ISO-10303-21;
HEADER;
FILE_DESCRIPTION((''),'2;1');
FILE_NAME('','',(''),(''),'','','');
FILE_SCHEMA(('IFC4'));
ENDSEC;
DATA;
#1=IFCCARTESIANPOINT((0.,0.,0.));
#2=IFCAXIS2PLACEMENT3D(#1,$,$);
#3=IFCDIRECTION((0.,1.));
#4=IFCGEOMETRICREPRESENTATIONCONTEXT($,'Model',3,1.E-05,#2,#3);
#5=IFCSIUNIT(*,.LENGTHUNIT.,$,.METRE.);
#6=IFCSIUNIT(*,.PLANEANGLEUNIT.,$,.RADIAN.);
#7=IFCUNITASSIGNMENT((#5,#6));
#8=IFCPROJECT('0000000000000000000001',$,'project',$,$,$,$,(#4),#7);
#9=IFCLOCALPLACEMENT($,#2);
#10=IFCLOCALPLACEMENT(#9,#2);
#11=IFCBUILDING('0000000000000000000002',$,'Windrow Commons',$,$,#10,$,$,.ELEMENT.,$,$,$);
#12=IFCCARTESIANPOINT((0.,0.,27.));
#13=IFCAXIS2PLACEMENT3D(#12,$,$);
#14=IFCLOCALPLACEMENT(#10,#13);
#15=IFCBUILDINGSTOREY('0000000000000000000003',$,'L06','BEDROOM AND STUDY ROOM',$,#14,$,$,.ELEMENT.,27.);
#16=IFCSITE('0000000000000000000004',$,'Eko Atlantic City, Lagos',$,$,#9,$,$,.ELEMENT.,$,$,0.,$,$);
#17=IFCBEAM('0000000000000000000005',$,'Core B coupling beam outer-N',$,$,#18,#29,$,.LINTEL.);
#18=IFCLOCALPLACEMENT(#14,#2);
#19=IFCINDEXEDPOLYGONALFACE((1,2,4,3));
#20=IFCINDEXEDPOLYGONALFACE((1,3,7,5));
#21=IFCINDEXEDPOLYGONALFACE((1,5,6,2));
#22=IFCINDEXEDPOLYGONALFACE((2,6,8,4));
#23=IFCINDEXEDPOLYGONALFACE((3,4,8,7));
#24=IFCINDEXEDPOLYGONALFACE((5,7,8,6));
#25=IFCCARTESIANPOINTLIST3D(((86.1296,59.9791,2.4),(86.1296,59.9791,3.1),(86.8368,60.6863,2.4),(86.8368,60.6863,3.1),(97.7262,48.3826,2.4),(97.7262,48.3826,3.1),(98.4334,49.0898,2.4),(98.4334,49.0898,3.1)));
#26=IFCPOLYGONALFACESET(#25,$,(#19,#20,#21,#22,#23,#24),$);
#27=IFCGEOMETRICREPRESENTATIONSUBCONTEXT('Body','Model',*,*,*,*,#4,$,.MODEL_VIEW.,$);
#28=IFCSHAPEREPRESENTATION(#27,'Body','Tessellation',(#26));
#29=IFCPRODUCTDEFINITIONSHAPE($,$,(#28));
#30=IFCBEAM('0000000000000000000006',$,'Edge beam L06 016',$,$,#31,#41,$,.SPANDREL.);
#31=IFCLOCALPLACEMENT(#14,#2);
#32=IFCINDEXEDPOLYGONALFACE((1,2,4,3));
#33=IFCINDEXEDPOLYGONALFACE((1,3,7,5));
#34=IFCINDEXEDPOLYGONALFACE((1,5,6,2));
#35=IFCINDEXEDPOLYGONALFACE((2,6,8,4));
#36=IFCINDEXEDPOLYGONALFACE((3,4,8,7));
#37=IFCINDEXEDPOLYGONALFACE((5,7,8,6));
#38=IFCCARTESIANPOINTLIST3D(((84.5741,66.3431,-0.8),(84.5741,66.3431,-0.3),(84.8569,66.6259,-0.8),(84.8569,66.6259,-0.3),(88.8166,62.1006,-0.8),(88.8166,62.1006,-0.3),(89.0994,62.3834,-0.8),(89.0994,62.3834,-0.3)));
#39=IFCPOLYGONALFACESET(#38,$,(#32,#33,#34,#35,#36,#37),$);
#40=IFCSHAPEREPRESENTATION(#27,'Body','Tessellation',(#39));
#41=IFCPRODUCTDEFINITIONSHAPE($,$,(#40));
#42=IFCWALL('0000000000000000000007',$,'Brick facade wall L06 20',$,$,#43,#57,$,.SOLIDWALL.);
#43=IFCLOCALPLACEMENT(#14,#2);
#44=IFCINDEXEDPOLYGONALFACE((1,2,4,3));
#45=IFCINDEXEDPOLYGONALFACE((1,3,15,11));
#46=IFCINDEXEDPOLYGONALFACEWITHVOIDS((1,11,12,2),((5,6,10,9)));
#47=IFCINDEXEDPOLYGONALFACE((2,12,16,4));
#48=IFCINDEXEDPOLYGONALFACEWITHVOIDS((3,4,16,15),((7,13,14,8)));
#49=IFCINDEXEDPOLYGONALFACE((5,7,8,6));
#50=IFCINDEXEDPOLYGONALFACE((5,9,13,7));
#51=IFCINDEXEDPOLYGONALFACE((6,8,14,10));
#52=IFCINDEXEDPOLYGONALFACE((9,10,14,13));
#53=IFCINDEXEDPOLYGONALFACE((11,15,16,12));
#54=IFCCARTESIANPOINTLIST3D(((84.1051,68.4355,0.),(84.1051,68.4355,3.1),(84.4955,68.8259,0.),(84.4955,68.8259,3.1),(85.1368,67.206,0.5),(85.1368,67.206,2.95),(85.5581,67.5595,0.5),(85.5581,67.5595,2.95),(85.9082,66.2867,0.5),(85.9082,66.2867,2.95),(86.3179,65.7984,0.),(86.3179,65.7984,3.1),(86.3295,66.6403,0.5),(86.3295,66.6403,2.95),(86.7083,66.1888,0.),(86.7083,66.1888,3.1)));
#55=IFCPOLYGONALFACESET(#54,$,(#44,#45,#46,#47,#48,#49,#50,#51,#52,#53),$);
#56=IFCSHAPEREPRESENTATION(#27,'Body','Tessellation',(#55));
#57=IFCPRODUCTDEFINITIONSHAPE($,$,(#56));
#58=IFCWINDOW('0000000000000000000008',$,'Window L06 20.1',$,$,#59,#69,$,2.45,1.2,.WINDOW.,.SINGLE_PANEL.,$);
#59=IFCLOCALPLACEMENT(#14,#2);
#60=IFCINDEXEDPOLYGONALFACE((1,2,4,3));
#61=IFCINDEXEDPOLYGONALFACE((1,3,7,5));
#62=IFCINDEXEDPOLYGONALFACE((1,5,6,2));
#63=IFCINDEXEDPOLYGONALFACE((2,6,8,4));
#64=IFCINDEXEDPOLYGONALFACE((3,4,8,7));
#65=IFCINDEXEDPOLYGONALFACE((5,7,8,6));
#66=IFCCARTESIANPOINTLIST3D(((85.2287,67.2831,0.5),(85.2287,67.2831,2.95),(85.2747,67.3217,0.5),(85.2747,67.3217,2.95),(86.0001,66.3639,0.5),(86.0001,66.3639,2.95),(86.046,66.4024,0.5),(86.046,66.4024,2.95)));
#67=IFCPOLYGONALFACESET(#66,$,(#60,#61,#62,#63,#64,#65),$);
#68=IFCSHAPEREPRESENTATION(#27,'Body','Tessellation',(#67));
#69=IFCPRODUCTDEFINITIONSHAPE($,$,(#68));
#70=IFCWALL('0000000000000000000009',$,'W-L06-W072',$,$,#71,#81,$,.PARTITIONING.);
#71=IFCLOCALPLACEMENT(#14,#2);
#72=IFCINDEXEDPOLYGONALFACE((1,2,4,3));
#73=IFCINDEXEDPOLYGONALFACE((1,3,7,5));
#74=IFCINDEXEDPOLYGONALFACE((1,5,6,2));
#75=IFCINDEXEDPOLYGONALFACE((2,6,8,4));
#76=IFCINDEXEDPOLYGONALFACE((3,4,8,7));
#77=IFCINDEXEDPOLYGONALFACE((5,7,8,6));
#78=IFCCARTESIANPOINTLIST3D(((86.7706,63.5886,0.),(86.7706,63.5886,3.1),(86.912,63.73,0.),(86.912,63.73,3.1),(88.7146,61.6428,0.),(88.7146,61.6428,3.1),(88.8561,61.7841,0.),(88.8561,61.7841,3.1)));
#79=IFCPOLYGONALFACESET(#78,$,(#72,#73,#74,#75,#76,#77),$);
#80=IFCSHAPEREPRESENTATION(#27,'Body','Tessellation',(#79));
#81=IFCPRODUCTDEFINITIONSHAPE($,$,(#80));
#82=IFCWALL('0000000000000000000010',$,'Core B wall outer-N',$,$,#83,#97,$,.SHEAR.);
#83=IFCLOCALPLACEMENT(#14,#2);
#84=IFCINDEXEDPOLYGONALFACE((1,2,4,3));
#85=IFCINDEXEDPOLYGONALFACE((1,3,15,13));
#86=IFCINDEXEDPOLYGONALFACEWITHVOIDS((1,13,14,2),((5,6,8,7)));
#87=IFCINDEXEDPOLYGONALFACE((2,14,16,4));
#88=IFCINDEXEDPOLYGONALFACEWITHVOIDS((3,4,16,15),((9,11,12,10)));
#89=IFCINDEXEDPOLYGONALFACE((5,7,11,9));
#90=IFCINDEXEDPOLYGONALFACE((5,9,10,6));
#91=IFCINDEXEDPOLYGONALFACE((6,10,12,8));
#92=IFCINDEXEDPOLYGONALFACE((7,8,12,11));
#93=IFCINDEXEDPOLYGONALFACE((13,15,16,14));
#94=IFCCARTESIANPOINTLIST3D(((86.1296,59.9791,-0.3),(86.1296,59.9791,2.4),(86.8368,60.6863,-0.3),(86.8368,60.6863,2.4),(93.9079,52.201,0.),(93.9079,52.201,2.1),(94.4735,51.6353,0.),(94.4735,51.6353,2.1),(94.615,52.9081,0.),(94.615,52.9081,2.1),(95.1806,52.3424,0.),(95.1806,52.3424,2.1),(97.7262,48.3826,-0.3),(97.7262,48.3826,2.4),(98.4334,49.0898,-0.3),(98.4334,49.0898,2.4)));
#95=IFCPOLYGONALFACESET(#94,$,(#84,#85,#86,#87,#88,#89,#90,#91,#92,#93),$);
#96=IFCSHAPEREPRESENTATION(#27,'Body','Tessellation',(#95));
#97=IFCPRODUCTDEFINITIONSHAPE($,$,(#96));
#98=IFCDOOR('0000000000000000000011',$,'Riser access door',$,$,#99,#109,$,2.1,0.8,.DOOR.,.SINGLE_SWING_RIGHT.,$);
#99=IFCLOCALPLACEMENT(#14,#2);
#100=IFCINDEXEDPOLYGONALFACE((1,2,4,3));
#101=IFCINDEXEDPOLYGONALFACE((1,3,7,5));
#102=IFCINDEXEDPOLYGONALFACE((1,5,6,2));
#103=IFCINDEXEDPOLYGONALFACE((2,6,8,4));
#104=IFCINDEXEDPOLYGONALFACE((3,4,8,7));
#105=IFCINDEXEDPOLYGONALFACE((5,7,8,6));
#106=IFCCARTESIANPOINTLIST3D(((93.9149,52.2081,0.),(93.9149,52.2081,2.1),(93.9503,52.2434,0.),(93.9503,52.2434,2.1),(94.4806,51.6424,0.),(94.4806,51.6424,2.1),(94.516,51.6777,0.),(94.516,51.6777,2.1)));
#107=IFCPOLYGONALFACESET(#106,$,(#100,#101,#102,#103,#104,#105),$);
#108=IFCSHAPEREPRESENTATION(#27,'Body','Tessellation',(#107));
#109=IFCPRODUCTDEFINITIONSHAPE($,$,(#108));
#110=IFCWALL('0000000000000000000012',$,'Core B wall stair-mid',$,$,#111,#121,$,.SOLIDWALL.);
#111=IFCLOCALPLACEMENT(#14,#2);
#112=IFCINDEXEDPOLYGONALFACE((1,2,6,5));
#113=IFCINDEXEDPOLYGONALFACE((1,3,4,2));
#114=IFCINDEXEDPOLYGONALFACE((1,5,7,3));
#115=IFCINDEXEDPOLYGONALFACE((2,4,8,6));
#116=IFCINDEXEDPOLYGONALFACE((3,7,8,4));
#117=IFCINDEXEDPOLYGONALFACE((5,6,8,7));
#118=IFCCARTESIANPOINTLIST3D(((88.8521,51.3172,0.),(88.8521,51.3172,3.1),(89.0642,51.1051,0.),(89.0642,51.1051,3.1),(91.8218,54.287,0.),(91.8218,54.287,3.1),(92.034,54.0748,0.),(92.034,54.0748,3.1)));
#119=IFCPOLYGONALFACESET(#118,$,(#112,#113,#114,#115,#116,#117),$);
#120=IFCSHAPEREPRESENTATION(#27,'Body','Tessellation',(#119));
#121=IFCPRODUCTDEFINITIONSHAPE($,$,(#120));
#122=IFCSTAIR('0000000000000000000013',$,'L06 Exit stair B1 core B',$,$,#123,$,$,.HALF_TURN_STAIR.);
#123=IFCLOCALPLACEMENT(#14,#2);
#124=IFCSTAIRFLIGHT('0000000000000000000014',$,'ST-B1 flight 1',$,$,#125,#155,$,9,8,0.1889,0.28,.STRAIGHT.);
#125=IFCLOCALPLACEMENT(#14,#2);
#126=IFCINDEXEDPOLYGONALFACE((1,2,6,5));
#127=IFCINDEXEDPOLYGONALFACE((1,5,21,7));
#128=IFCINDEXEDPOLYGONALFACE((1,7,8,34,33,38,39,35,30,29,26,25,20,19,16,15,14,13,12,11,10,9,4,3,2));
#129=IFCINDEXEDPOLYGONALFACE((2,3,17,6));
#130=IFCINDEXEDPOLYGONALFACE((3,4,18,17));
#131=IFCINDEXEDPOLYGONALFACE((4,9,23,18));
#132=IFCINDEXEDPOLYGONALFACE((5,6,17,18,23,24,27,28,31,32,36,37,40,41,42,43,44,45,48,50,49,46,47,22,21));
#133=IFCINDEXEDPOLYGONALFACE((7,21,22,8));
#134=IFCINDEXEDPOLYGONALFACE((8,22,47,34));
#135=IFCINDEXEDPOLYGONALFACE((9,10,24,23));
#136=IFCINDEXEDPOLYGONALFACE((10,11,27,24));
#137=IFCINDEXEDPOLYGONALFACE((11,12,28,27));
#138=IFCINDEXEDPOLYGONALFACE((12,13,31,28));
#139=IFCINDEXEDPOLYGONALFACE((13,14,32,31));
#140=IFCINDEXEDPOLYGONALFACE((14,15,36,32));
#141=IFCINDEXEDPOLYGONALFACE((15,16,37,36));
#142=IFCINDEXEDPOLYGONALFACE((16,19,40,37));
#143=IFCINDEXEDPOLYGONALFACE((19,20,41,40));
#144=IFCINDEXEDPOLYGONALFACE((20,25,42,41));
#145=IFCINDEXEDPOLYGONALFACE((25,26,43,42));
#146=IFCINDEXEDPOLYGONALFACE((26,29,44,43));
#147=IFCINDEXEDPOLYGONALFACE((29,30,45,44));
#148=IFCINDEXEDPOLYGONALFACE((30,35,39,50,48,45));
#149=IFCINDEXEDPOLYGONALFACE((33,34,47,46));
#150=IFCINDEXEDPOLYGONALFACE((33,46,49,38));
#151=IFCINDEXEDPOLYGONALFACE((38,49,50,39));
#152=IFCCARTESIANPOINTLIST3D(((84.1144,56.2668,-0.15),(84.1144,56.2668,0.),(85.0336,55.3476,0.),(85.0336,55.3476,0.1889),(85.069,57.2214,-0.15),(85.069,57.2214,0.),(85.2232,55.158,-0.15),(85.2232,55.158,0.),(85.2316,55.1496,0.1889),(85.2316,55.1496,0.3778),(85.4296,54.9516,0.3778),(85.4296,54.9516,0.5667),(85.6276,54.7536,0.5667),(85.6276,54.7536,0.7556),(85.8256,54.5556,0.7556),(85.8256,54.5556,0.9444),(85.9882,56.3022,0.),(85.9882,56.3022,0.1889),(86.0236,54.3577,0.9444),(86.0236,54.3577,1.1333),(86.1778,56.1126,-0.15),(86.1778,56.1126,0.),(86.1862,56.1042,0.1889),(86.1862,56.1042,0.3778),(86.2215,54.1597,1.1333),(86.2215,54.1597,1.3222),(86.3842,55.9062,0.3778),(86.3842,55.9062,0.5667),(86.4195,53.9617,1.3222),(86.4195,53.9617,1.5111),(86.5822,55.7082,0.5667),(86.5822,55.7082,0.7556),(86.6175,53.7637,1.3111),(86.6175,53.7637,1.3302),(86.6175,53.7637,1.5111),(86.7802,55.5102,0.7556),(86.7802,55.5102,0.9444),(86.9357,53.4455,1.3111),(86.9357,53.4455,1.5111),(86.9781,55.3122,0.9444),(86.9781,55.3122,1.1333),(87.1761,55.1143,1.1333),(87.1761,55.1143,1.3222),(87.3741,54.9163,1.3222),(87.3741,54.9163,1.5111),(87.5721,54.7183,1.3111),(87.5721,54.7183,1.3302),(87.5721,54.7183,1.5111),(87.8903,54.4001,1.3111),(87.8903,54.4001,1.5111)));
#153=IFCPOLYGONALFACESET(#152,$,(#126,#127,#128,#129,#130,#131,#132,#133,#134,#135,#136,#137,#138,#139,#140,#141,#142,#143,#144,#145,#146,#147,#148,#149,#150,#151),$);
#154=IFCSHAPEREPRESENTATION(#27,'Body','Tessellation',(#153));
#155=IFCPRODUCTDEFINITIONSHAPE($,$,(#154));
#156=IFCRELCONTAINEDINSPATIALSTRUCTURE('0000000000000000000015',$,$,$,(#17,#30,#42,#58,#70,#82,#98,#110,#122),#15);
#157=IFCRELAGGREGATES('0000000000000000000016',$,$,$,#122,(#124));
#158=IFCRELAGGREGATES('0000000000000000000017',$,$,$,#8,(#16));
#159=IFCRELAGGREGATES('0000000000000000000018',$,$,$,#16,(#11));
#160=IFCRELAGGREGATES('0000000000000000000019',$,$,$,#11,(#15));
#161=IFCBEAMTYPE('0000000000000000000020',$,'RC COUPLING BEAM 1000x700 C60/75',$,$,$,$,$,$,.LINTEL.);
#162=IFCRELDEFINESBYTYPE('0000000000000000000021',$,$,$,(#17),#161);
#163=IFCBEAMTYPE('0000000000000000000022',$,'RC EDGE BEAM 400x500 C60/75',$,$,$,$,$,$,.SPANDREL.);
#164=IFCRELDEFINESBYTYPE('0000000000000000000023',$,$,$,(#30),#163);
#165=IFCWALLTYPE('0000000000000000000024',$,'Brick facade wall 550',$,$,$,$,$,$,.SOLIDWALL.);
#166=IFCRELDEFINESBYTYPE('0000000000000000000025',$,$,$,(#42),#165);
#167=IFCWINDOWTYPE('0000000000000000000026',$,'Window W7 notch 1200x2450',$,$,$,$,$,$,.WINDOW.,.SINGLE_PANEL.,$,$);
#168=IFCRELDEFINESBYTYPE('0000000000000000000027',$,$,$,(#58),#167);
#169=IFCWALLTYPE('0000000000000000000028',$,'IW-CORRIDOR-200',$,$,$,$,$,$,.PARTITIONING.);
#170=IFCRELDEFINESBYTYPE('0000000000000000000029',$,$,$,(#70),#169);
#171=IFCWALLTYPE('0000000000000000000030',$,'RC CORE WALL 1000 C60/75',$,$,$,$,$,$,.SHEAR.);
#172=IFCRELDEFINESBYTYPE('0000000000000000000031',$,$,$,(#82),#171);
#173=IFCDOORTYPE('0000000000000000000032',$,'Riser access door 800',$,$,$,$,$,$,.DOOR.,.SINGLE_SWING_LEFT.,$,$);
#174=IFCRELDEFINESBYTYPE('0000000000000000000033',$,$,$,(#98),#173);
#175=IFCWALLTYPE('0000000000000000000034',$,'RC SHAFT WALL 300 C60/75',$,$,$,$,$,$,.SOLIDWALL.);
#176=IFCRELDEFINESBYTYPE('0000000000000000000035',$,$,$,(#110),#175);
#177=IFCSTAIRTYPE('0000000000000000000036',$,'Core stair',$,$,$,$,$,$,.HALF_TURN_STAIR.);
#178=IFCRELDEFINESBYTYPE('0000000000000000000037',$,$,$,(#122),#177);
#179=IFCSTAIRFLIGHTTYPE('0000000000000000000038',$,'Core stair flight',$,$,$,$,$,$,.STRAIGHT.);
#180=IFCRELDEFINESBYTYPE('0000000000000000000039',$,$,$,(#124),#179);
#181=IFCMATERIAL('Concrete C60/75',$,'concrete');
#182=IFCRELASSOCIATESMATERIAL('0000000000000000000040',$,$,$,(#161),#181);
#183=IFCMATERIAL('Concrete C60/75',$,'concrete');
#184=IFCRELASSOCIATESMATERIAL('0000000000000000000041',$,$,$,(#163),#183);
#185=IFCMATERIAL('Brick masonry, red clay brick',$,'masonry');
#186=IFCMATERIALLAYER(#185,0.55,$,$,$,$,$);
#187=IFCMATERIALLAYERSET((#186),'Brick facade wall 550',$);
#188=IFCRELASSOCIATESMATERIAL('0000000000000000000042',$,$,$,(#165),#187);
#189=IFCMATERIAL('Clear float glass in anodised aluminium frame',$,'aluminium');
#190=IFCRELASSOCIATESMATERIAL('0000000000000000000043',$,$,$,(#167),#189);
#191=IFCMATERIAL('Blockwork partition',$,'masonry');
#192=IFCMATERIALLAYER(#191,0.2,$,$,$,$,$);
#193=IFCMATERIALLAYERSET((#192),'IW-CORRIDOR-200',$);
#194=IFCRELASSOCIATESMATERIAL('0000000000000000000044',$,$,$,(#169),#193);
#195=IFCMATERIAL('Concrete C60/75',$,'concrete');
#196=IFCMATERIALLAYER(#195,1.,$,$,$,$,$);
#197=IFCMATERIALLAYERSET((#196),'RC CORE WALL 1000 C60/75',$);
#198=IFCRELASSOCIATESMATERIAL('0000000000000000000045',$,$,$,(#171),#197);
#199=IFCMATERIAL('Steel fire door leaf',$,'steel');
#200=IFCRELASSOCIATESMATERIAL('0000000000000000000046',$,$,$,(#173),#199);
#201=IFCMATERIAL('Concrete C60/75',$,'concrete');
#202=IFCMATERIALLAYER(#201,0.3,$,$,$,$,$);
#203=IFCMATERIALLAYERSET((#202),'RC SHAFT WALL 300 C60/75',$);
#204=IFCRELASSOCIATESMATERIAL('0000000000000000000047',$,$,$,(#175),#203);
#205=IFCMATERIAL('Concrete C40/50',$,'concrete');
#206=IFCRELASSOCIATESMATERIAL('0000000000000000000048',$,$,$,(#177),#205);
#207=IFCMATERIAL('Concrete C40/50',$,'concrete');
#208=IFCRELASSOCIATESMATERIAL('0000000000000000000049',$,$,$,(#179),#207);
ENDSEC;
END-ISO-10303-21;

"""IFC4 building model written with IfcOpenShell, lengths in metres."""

from ifc_helpers import new_model, si_unit, direction, frame, frame_2d, origin, origin_2d, place, context, subcontext, project, spatial, polyline, rectangle, outline, extrude, material, layer, layer_set, material_profile, profile_set, type_object, element, fill, aggregate, save


model = new_model("IFC4")

# Units and contexts
model_context = context("Model", 3, precision=1e-05, world=origin(), true_north=direction((0.0, 1.0)))
body_context = subcontext(model_context, "Body", "Model", "MODEL_VIEW")
ifc_project = project(units=[si_unit("LENGTHUNIT", "METRE"), si_unit("PLANEANGLEUNIT", "RADIAN")], contexts=[model_context])

# Site, building, storey
site_placement = place(None, origin())
site = spatial("IfcSite", under=ifc_project, at=site_placement, Name="Eko Atlantic City, Lagos", CompositionType="ELEMENT", RefElevation=0.0)
building_placement = place(site_placement, origin())
building = spatial("IfcBuilding", under=site, at=building_placement, Name="Windrow Commons", CompositionType="ELEMENT")
storey_placement = place(building_placement, frame((0.0, 0.0, 27.0)))
storey = spatial("IfcBuildingStorey", under=building, at=storey_placement, Name="L06", Description="BEDROOM AND STUDY ROOM", CompositionType="ELEMENT", Elevation=27.0)

# Beams
ifc_material_1 = material(Name="Concrete C60/75", Category="concrete")
ifc_material_profile_1 = material_profile(ifc_material_1, rectangle(XDim=1.0, YDim=0.7, at=origin_2d()))
ifc_profile_set_1 = profile_set([ifc_material_profile_1], Name="Concrete C60/75")
beam_type_1 = type_object("IfcBeamType", Name="RC COUPLING BEAM 1000x700 C60/75", PredefinedType="LINTEL", material=ifc_profile_set_1)
beam_1_placement = place(storey_placement, frame((86.4832, 60.3327, 2.75), z_axis=(0.70711, -0.707104, 0.0), x_axis=(0.707104, 0.70711, 0.0)))
element("IfcBeam", 1, at=beam_1_placement, inside=storey, type_object=beam_type_1, Name="Core B coupling beam outer-N", PredefinedType="LINTEL", context=body_context, shape_type="SweptSolid", body=[
    extrude(rectangle(XDim=1.0, YDim=0.7, at=origin_2d()), origin(), (0.0, 0.0, 1.0), 16.4),
])
ifc_material_2 = material(Name="Concrete C60/75", Category="concrete")
ifc_material_profile_2 = material_profile(ifc_material_2, rectangle(XDim=0.4, YDim=0.5, at=origin_2d()))
ifc_profile_set_2 = profile_set([ifc_material_profile_2], Name="Concrete C60/75")
beam_type_2 = type_object("IfcBeamType", Name="RC EDGE BEAM 400x500 C60/75", PredefinedType="SPANDREL", material=ifc_profile_set_2)
beam_2_placement = place(storey_placement, frame((84.7155, 66.4845, -0.55), z_axis=(0.707107, -0.707107, 0.0), x_axis=(0.707107, 0.707107, 0.0)))
element("IfcBeam", 2, at=beam_2_placement, inside=storey, type_object=beam_type_2, Name="Edge beam L06 016", PredefinedType="SPANDREL", context=body_context, shape_type="SweptSolid", body=[
    extrude(rectangle(XDim=0.4, YDim=0.5, at=origin_2d()), origin(), (0.0, 0.0, 1.0), 5.9998),
])

# Wall, opening, window
ifc_material_3 = material(Name="Brick masonry, red clay brick", Category="masonry")
ifc_layer_1 = layer(ifc_material_3, 0.55)
ifc_layer_set_1 = layer_set([ifc_layer_1], Name="Brick facade wall 550")
wall_type_1 = type_object("IfcWallType", Name="Brick facade wall 550", PredefinedType="SOLIDWALL", material=ifc_layer_set_1)
wall_1_placement = place(storey_placement, frame((86.5131, 65.9936, 0.0), z_axis=(0.0, 0.0, 1.0), x_axis=(-0.642789, 0.766043, 0.0)))
wall_1 = element("IfcWall", 3, at=wall_1_placement, inside=storey, type_object=wall_type_1, Name="Brick facade wall L06 20", PredefinedType="SOLIDWALL", context=body_context, shape_type="SweptSolid", body=[
    extrude(outline(polyline([(0.0241, -0.275), (3.4665, -0.275), (3.4184, 0.275), (-0.0241, 0.275), (0.0241, -0.275)])), origin(), (0.0, 0.0, 1.0), 3.1),
])
opening_1_placement = place(wall_1_placement, frame((0.6134, 0.0, 0.5)))
opening_1 = element("IfcOpeningElement", 4, at=opening_1_placement, cuts=wall_1, PredefinedType="OPENING", context=body_context, shape_type="SweptSolid", body=[
    extrude(rectangle(XDim=1.2, YDim=2.45, at=frame_2d((0.6, 1.225))), frame((0.0, 0.285, 0.0), z_axis=(0.0, -1.0, 0.0), x_axis=(1.0, 0.0, 0.0)), (0.0, 0.0, 1.0), 0.57),
])
ifc_material_4 = material(Name="Clear float glass in anodised aluminium frame", Category="aluminium")
window_type = type_object("IfcWindowType", Name="Window W7 notch 1200x2450", PartitioningType="SINGLE_PANEL", PredefinedType="WINDOW", material=ifc_material_4)
window_placement = place(opening_1_placement, origin())
window = element("IfcWindow", 5, at=window_placement, inside=storey, type_object=window_type, Name="Window L06 20.1", OverallHeight=2.45, OverallWidth=1.2, PartitioningType="SINGLE_PANEL", PredefinedType="WINDOW", context=body_context, shape_type="SweptSolid", body=[
    extrude(rectangle(XDim=1.2, YDim=2.45, at=frame_2d((0.6, 1.225))), frame((0.0, 0.155, 0.0), z_axis=(0.0, -1.0, 0.0), x_axis=(1.0, 0.0, 0.0)), (0.0, 0.0, 1.0), 0.06),
])
fill(opening_1, window)

# Wall
ifc_material_5 = material(Name="Blockwork partition", Category="masonry")
ifc_layer_2 = layer(ifc_material_5, 0.2)
ifc_layer_set_2 = layer_set([ifc_layer_2], Name="IW-CORRIDOR-200")
wall_type_2 = type_object("IfcWallType", Name="IW-CORRIDOR-200", PredefinedType="PARTITIONING", material=ifc_layer_set_2)
wall_2_placement = place(storey_placement, frame((86.8413, 63.6593, 0.0), z_axis=(0.0, 0.0, 1.0), x_axis=(0.70678, -0.707434, 0.0)))
element("IfcWall", 6, at=wall_2_placement, inside=storey, type_object=wall_type_2, Name="W-L06-W072", PredefinedType="PARTITIONING", context=body_context, shape_type="SweptSolid", body=[
    extrude(rectangle(XDim=2.7506, YDim=0.2, at=frame_2d((1.3753, 0.0))), origin(), (0.0, 0.0, 1.0), 3.1),
])

# Wall, opening, door
ifc_material_6 = material(Name="Concrete C60/75", Category="concrete")
ifc_layer_3 = layer(ifc_material_6, 1.0)
ifc_layer_set_3 = layer_set([ifc_layer_3], Name="RC CORE WALL 1000 C60/75")
wall_type_3 = type_object("IfcWallType", Name="RC CORE WALL 1000 C60/75", PredefinedType="SHEAR", material=ifc_layer_set_3)
wall_3_placement = place(storey_placement, frame((86.4832, 60.3327, -0.3), z_axis=(0.0, 0.0, 1.0), x_axis=(0.70711, -0.707104, 0.0)))
wall_3 = element("IfcWall", 7, at=wall_3_placement, inside=storey, type_object=wall_type_3, Name="Core B wall outer-N", PredefinedType="SHEAR", context=body_context, shape_type="SweptSolid", body=[
    extrude(rectangle(XDim=16.4, YDim=1.0, at=frame_2d((8.2, 0.0))), origin(), (0.0, 0.0, 1.0), 2.7),
])
opening_2_placement = place(wall_3_placement, frame((11.0, 0.0, 0.3)))
opening_2 = element("IfcOpeningElement", 8, at=opening_2_placement, cuts=wall_3, PredefinedType="OPENING", context=body_context, shape_type="SweptSolid", body=[
    extrude(rectangle(XDim=0.8, YDim=2.1, at=frame_2d((0.4, 1.05))), frame((0.0, 0.51, 0.0), z_axis=(0.0, -1.0, 0.0), x_axis=(1.0, 0.0, 0.0)), (0.0, 0.0, 1.0), 1.02),
])
ifc_material_7 = material(Name="Steel fire door leaf", Category="steel")
door_type = type_object("IfcDoorType", Name="Riser access door 800", OperationType="SINGLE_SWING_LEFT", PredefinedType="DOOR", material=ifc_material_7)
door_placement = place(opening_2_placement, origin())
door = element("IfcDoor", 9, at=door_placement, inside=storey, type_object=door_type, Name="Riser access door", OperationType="SINGLE_SWING_RIGHT", OverallHeight=2.1, OverallWidth=0.8, PredefinedType="DOOR", context=body_context, shape_type="SweptSolid", body=[
    extrude(rectangle(XDim=0.8, YDim=2.1, at=frame_2d((0.4, 1.05))), frame((0.0, -0.44, 0.0), z_axis=(0.0, -1.0, 0.0), x_axis=(1.0, 0.0, 0.0)), (0.0, 0.0, 1.0), 0.05),
])
fill(opening_2, door)

# Wall
ifc_material_8 = material(Name="Concrete C60/75", Category="concrete")
ifc_layer_4 = layer(ifc_material_8, 0.3)
ifc_layer_set_4 = layer_set([ifc_layer_4], Name="RC SHAFT WALL 300 C60/75")
wall_type_4 = type_object("IfcWallType", Name="RC SHAFT WALL 300 C60/75", PredefinedType="SOLIDWALL", material=ifc_layer_set_4)
wall_4_placement = place(storey_placement, frame((88.9581, 51.2111, 0.0), z_axis=(0.0, 0.0, 1.0), x_axis=(0.707107, 0.707107, 0.0)))
element("IfcWall", 10, at=wall_4_placement, inside=storey, type_object=wall_type_4, Name="Core B wall stair-mid", PredefinedType="SOLIDWALL", context=body_context, shape_type="SweptSolid", body=[
    extrude(rectangle(XDim=4.1999, YDim=0.3, at=frame_2d((2.1, 0.0))), origin(), (0.0, 0.0, 1.0), 3.1),
])

# Stair, stair flight
ifc_material_9 = material(Name="Concrete C40/50", Category="concrete")
stair_type = type_object("IfcStairType", Name="Core stair", PredefinedType="HALF_TURN_STAIR", material=ifc_material_9)
stair_placement = place(storey_placement, origin())
stair = element("IfcStair", 11, at=stair_placement, inside=storey, type_object=stair_type, Name="L06 Exit stair B1 core B", PredefinedType="HALF_TURN_STAIR")
ifc_material_10 = material(Name="Concrete C40/50", Category="concrete")
stair_flight_type = type_object("IfcStairFlightType", Name="Core stair flight", PredefinedType="STRAIGHT", material=ifc_material_10)
stair_flight_1_placement = place(storey_placement, frame((85.5109, 55.8249, 0.0), z_axis=(0.0, 0.0, 1.0), x_axis=(0.707107, -0.707107, 0.0)))
stair_flight_1 = element("IfcStairFlight", 12, at=stair_flight_1_placement, type_object=stair_flight_type, Name="ST-B1 flight 1", NumberOfRisers=9, NumberOfTreads=8, PredefinedType="STRAIGHT", RiserHeight=0.1889, TreadLength=0.28, context=body_context, shape_type="SweptSolid", body=[
    extrude(outline(polyline([(-1.3, -0.15), (-1.3, 0.0), (0.0, 0.0), (0.0, 0.1889), (0.28, 0.1889), (0.28, 0.3778), (0.56, 0.3778), (0.56, 0.5667), (0.84, 0.5667), (0.84, 0.7556), (1.12, 0.7556), (1.12, 0.9444), (1.4, 0.9444), (1.4, 1.1333), (1.68, 1.1333), (1.68, 1.3222), (1.96, 1.3222), (1.96, 1.5111), (2.24, 1.5111), (2.69, 1.5111), (2.69, 1.3111), (2.24, 1.3111), (2.24, 1.3302), (0.2682, 0.0), (0.2682, -0.15), (-1.3, -0.15)])), frame((0.0, 0.675, 0.0), z_axis=(0.0, -1.0, 0.0), x_axis=(1.0, 0.0, 0.0)), (0.0, 0.0, 1.0), 1.35),
])
aggregate(stair, [stair_flight_1])

save(model, "model.ifc")
